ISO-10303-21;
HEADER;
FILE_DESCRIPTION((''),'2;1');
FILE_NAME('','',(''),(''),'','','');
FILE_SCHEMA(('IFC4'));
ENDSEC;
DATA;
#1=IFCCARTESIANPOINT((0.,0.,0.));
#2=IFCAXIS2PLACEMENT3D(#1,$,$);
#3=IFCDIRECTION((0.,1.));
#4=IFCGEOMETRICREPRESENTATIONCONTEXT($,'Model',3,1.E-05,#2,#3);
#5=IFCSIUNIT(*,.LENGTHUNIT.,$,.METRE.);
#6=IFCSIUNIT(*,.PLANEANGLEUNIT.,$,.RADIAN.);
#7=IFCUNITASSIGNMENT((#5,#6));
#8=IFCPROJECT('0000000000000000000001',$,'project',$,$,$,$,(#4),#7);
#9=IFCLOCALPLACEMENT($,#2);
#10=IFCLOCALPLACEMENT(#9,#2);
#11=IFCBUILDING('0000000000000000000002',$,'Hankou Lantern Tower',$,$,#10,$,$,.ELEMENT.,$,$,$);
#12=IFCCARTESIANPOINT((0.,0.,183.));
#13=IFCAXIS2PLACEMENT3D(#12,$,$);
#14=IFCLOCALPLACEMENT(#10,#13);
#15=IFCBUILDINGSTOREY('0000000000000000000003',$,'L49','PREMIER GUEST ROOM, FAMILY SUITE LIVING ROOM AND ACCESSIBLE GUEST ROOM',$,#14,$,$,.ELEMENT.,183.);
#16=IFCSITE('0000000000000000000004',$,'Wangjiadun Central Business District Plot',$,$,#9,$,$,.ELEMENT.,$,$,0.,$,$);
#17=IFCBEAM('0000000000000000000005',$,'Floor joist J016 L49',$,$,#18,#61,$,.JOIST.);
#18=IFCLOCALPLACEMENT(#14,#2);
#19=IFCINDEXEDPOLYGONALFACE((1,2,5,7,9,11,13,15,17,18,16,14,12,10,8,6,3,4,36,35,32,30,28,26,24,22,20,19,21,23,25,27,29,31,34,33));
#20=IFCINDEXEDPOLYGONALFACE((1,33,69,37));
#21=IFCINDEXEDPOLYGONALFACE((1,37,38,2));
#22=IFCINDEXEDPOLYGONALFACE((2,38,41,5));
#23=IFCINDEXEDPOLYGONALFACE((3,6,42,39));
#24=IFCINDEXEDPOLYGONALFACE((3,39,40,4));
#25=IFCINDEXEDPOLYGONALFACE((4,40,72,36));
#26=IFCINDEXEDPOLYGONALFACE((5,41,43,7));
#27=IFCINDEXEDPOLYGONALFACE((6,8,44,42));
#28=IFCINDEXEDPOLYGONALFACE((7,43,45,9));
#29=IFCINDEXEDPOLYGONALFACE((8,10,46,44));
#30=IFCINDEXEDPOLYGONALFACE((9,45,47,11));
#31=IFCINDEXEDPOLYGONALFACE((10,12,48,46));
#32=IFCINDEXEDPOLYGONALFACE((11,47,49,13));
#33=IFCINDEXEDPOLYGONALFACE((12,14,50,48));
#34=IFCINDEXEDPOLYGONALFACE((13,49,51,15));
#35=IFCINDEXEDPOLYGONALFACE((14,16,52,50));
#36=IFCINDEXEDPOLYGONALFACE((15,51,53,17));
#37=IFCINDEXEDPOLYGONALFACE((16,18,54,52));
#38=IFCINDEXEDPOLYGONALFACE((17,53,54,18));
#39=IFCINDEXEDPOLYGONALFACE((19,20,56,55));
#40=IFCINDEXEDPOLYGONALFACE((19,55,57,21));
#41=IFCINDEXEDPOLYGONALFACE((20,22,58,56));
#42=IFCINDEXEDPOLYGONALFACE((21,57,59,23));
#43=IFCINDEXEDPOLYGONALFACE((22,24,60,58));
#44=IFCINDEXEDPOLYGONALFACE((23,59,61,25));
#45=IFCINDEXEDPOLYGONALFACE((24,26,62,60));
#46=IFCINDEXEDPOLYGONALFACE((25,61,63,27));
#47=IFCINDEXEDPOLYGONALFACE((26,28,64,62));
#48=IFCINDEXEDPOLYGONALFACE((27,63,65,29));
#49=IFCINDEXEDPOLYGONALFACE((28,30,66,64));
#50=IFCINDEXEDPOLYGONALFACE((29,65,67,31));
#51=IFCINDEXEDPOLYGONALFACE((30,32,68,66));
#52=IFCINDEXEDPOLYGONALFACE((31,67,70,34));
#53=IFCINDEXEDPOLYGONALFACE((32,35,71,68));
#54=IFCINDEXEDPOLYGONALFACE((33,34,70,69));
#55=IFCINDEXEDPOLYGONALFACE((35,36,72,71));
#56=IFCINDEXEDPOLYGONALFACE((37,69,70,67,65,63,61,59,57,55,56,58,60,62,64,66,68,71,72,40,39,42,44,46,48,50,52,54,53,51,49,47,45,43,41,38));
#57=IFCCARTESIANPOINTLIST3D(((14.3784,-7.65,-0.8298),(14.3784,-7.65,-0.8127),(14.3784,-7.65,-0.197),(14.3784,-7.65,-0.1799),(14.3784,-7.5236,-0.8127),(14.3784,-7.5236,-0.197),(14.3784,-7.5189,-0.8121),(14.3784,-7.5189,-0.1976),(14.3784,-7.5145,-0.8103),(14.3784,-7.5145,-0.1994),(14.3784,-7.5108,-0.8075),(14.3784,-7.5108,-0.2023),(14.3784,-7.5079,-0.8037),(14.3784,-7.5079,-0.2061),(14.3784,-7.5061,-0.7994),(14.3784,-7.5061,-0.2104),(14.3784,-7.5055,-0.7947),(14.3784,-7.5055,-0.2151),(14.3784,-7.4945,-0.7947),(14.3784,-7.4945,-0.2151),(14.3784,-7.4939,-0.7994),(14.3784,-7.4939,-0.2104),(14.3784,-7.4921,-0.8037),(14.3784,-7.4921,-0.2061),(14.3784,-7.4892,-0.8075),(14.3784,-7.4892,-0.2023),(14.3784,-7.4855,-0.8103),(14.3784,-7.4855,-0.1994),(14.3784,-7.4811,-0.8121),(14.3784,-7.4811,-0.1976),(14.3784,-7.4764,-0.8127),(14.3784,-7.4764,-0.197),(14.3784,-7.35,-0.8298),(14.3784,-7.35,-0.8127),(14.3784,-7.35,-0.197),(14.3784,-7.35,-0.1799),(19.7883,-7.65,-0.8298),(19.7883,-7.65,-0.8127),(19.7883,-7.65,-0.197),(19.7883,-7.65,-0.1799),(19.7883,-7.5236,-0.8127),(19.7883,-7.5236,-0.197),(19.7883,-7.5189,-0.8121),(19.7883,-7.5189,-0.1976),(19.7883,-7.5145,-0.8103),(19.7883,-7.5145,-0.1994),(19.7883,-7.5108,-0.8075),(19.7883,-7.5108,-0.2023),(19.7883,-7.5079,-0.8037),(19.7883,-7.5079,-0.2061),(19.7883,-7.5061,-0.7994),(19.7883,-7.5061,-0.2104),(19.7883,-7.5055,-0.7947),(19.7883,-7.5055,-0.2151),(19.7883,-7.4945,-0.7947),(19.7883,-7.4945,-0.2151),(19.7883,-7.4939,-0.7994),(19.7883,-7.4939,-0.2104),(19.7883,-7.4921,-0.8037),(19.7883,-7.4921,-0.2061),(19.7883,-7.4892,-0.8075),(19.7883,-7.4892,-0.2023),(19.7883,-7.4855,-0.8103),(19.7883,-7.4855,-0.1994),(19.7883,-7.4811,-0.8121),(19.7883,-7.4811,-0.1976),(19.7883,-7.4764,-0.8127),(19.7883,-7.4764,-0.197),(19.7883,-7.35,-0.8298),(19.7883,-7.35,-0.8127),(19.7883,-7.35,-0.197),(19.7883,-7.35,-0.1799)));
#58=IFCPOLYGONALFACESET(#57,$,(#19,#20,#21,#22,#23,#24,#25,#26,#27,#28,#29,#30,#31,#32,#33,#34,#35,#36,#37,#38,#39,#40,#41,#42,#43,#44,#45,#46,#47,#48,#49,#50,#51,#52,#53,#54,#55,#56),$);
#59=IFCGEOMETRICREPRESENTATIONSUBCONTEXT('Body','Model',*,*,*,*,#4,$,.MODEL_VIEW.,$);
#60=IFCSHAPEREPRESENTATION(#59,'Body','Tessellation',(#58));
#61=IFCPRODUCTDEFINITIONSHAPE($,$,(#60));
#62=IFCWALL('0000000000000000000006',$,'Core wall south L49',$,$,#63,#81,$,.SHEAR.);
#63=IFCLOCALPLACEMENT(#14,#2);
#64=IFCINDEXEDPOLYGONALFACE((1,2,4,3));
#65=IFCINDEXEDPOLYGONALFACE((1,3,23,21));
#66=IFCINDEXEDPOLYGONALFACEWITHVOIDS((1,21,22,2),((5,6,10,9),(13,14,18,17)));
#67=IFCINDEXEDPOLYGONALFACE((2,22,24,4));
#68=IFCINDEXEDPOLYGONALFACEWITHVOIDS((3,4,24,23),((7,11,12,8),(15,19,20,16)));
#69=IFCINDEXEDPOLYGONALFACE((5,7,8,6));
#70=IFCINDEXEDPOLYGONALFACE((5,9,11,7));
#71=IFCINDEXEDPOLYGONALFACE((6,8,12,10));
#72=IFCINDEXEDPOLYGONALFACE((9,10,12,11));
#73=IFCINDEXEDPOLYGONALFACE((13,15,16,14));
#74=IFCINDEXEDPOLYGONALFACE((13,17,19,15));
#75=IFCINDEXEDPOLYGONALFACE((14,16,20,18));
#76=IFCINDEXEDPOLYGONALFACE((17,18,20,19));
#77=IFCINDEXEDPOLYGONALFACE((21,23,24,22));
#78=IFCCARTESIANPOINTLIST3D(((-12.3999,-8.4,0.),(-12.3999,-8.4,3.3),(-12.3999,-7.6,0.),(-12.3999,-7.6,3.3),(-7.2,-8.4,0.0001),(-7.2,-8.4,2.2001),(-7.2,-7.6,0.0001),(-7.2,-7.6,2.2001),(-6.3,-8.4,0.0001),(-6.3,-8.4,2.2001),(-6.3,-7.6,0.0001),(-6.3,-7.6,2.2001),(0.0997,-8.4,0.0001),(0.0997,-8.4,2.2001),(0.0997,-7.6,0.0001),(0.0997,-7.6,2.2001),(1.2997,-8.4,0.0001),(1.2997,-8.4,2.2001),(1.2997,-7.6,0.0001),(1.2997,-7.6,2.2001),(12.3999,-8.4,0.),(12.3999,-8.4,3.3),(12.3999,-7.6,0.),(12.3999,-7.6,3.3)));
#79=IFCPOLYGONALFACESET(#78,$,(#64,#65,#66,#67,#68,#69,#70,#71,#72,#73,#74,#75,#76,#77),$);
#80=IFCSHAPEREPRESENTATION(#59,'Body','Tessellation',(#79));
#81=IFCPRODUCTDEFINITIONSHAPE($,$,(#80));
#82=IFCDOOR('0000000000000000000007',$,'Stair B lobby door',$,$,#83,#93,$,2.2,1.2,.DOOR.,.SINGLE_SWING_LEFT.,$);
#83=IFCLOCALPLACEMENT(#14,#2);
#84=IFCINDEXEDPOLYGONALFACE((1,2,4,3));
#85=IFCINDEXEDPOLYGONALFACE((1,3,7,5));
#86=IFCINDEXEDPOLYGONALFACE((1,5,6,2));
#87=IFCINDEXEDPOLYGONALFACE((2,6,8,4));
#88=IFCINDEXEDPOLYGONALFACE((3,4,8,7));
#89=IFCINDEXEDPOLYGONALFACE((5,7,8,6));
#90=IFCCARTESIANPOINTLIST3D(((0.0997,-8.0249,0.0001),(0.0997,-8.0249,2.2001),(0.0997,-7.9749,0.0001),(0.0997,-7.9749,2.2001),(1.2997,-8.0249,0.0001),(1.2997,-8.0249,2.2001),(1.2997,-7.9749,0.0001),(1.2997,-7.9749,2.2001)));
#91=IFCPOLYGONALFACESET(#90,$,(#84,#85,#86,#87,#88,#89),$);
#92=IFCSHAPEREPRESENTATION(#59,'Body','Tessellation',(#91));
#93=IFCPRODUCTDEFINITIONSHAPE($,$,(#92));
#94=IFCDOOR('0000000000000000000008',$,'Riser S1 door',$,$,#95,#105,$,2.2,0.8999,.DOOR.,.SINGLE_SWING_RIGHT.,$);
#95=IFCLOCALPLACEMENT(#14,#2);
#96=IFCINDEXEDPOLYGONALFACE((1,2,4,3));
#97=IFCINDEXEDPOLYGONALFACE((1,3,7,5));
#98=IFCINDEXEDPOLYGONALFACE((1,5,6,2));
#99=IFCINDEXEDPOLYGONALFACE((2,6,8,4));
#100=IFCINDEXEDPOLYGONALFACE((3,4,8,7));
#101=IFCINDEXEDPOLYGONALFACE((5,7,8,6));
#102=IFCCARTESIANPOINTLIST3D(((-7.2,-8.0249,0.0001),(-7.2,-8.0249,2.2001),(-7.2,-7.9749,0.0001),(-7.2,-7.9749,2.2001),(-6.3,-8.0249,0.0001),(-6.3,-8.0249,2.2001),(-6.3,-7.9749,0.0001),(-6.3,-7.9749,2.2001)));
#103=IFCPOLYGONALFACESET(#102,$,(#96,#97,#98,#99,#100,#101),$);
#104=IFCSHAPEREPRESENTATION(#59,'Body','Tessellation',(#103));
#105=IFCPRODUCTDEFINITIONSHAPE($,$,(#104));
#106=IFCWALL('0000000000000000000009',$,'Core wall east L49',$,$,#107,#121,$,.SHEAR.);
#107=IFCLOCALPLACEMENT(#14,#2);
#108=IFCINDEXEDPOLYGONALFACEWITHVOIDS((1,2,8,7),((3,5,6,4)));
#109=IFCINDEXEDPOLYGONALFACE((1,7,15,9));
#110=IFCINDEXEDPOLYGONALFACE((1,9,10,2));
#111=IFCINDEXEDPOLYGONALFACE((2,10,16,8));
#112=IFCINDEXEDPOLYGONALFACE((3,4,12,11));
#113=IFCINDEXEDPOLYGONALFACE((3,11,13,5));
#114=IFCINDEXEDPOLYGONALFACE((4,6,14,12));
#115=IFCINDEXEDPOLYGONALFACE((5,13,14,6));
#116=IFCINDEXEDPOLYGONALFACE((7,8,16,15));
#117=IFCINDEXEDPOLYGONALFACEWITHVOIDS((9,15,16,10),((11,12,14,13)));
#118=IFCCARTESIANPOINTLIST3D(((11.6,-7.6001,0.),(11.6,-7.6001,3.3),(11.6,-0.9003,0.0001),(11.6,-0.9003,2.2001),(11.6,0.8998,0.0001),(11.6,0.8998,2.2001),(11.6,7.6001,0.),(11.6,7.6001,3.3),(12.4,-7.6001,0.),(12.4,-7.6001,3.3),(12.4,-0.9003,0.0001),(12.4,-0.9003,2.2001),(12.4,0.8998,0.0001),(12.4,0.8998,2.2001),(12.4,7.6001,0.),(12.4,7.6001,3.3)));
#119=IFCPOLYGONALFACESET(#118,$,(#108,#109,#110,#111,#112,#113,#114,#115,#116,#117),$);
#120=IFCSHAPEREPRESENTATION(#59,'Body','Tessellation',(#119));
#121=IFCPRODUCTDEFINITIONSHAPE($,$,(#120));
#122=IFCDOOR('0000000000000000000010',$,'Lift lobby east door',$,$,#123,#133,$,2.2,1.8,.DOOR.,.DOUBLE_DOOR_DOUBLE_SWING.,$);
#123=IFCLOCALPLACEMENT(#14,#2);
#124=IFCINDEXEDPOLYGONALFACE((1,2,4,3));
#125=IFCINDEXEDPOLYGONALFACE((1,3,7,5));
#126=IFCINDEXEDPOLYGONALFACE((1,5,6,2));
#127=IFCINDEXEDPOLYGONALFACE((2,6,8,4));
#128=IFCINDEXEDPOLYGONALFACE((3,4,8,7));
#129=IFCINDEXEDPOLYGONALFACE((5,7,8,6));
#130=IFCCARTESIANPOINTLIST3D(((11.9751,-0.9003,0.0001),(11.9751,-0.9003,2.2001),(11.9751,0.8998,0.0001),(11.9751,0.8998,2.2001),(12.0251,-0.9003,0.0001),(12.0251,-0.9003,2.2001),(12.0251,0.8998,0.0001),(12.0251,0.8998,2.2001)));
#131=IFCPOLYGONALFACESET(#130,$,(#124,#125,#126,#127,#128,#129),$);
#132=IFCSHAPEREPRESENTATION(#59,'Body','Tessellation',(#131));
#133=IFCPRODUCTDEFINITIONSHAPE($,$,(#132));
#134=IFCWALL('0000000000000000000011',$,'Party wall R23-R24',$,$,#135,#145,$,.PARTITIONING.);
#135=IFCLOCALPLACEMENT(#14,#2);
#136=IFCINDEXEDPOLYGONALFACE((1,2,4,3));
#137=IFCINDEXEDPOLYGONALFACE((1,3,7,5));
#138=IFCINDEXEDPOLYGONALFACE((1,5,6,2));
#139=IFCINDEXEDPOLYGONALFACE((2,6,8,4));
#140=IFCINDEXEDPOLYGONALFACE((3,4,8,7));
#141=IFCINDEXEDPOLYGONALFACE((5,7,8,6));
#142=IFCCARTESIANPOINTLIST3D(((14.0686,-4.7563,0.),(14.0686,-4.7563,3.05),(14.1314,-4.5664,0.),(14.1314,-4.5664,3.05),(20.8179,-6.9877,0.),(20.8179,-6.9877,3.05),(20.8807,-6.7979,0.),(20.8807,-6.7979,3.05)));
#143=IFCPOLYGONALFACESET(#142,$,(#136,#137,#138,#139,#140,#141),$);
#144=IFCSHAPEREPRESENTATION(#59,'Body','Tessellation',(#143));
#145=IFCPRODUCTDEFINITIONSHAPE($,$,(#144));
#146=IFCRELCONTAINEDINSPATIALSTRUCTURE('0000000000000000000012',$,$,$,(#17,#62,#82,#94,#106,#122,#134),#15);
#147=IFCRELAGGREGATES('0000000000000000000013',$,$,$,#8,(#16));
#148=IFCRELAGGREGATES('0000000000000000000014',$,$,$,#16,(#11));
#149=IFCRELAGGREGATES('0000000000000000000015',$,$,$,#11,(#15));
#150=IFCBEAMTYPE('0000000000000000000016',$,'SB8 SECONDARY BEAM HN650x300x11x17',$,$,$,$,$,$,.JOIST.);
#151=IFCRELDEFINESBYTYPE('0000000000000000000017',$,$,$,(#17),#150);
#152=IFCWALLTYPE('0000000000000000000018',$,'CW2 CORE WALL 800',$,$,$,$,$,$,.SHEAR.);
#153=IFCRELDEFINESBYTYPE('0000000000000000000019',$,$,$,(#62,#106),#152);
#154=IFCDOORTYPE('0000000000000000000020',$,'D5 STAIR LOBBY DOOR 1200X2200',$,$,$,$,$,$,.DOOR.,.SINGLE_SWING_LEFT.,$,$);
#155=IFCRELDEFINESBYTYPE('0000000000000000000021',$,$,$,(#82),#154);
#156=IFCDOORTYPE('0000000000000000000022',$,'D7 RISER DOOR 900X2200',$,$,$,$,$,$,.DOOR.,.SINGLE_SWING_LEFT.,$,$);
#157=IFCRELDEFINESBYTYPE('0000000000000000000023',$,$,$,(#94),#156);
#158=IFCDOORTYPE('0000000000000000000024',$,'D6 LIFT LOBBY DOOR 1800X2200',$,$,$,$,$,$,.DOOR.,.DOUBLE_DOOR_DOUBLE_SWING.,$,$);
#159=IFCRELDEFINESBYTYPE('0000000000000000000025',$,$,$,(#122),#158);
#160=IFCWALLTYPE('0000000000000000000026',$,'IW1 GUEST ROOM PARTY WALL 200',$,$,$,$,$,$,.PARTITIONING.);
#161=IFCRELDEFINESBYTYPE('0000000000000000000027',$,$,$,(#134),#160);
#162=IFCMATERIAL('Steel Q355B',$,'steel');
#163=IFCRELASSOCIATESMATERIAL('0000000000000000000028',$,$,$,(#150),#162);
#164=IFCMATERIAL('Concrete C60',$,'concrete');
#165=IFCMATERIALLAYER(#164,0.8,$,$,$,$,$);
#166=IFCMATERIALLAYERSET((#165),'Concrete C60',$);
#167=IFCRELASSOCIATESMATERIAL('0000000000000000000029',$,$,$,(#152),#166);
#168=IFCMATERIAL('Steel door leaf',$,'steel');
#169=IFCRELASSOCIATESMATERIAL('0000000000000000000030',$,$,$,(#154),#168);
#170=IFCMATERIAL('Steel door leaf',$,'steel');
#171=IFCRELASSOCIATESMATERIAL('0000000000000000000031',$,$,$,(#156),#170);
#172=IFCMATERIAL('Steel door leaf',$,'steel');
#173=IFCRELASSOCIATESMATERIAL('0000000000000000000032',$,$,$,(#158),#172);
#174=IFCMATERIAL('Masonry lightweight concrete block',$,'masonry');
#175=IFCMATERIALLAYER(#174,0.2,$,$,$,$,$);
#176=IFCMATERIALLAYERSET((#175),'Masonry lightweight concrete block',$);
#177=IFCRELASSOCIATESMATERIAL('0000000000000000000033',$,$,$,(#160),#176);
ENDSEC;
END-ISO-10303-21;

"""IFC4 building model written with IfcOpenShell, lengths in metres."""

from ifc_helpers import new_model, si_unit, direction, frame, frame_2d, origin, origin_2d, place, context, subcontext, project, spatial, rectangle, i_section, extrude, material, layer, layer_set, material_profile, profile_set, type_object, element, fill, save


model = new_model("IFC4")

# Units and contexts
model_context = context("Model", 3, precision=1e-05, world=origin(), true_north=direction((0.0, 1.0)))
body_context = subcontext(model_context, "Body", "Model", "MODEL_VIEW")
ifc_project = project(units=[si_unit("LENGTHUNIT", "METRE"), si_unit("PLANEANGLEUNIT", "RADIAN")], contexts=[model_context])

# Site, building, storey
site_placement = place(None, origin())
site = spatial("IfcSite", under=ifc_project, at=site_placement, Name="Wangjiadun Central Business District Plot", CompositionType="ELEMENT", RefElevation=0.0)
building_placement = place(site_placement, origin())
building = spatial("IfcBuilding", under=site, at=building_placement, Name="Hankou Lantern Tower", CompositionType="ELEMENT")
storey_placement = place(building_placement, frame((0.0, 0.0, 183.0)))
storey = spatial("IfcBuildingStorey", under=building, at=storey_placement, Name="L49", Description="PREMIER GUEST ROOM, FAMILY SUITE LIVING ROOM AND ACCESSIBLE GUEST ROOM", CompositionType="ELEMENT", Elevation=183.0)

# Beam
ifc_material_1 = material(Name="Steel Q355B", Category="steel")
ifc_material_profile_1 = material_profile(ifc_material_1, i_section(OverallWidth=0.3, OverallDepth=0.6499, WebThickness=0.011, FlangeThickness=0.0171, FilletRadius=0.0181, at=origin_2d()), Name="HN650x300x11x17")
ifc_profile_set_1 = profile_set([ifc_material_profile_1], Name="Steel Q355B")
beam_type_1 = type_object("IfcBeamType", Name="SB8 SECONDARY BEAM HN650x300x11x17", PredefinedType="JOIST", material=ifc_profile_set_1)
beam_1_placement = place(storey_placement, frame((14.3784, -7.5, -0.5049), z_axis=(1.0, 0.0, 0.0), x_axis=(0.0, 1.0, 0.0)))
element("IfcBeam", 1, at=beam_1_placement, inside=storey, type_object=beam_type_1, Name="Floor joist J016 L49", PredefinedType="JOIST", context=body_context, shape_type="SweptSolid", body=[
    extrude(i_section(OverallWidth=0.3, OverallDepth=0.6499, WebThickness=0.011, FlangeThickness=0.0171, FilletRadius=0.0181, at=origin_2d()), origin(), (0.0, 0.0, 1.0), 5.4099),
])

# Wall, openings, doors
ifc_material_2 = material(Name="Concrete C60", Category="concrete")
ifc_layer_1 = layer(ifc_material_2, 0.8)
ifc_layer_set_1 = layer_set([ifc_layer_1], Name="Concrete C60")
wall_type_1 = type_object("IfcWallType", Name="CW2 CORE WALL 800", PredefinedType="SHEAR", material=ifc_layer_set_1)
wall_1_placement = place(storey_placement, frame((12.3999, -8.0, 0.0), z_axis=(0.0, 0.0, 1.0), x_axis=(-1.0, 0.0, 0.0)))
wall_1 = element("IfcWall", 2, at=wall_1_placement, inside=storey, type_object=wall_type_1, Name="Core wall south L49", PredefinedType="SHEAR", context=body_context, shape_type="SweptSolid", body=[
    extrude(rectangle(XDim=24.7998, YDim=0.8, at=frame_2d((12.3999, 0.0))), origin(), (0.0, 0.0, 1.0), 3.3),
])
opening_1_placement = place(wall_1_placement, frame((11.1001, 0.0, 0.0)))
opening_1 = element("IfcOpeningElement", 3, at=opening_1_placement, cuts=wall_1, PredefinedType="OPENING", context=body_context, shape_type="SweptSolid", body=[
    extrude(rectangle(XDim=1.2, YDim=2.2, at=frame_2d((0.6001, 1.1001))), frame((0.0, 0.4099, 0.0), z_axis=(0.0, -1.0, 0.0), x_axis=(1.0, 0.0, 0.0)), (0.0, 0.0, 1.0), 0.8201),
])
opening_2_placement = place(wall_1_placement, frame((18.7, 0.0, 0.0)))
opening_2 = element("IfcOpeningElement", 4, at=opening_2_placement, cuts=wall_1, PredefinedType="OPENING", context=body_context, shape_type="SweptSolid", body=[
    extrude(rectangle(XDim=0.8999, YDim=2.2, at=frame_2d((0.45, 1.1001))), frame((0.0, 0.4099, 0.0), z_axis=(0.0, -1.0, 0.0), x_axis=(1.0, 0.0, 0.0)), (0.0, 0.0, 1.0), 0.8201),
])
ifc_material_3 = material(Name="Steel door leaf", Category="steel")
door_type_1 = type_object("IfcDoorType", Name="D5 STAIR LOBBY DOOR 1200X2200", OperationType="SINGLE_SWING_LEFT", PredefinedType="DOOR", material=ifc_material_3)
door_1_placement = place(opening_1_placement, origin())
door_1 = element("IfcDoor", 5, at=door_1_placement, inside=storey, type_object=door_type_1, Name="Stair B lobby door", OperationType="SINGLE_SWING_LEFT", OverallHeight=2.2, OverallWidth=1.2, PredefinedType="DOOR", context=body_context, shape_type="SweptSolid", body=[
    extrude(rectangle(XDim=1.2, YDim=2.2, at=frame_2d((0.6001, 1.1001))), frame((0.0, 0.0249, 0.0), z_axis=(0.0, -1.0, 0.0), x_axis=(1.0, 0.0, 0.0)), (0.0, 0.0, 1.0), 0.05),
])
fill(opening_1, door_1)
ifc_material_4 = material(Name="Steel door leaf", Category="steel")
door_type_2 = type_object("IfcDoorType", Name="D7 RISER DOOR 900X2200", OperationType="SINGLE_SWING_LEFT", PredefinedType="DOOR", material=ifc_material_4)
door_2_placement = place(opening_2_placement, origin())
door_2 = element("IfcDoor", 6, at=door_2_placement, inside=storey, type_object=door_type_2, Name="Riser S1 door", OperationType="SINGLE_SWING_RIGHT", OverallHeight=2.2, OverallWidth=0.8999, PredefinedType="DOOR", context=body_context, shape_type="SweptSolid", body=[
    extrude(rectangle(XDim=0.8999, YDim=2.2, at=frame_2d((0.45, 1.1001))), frame((0.0, 0.0249, 0.0), z_axis=(0.0, -1.0, 0.0), x_axis=(1.0, 0.0, 0.0)), (0.0, 0.0, 1.0), 0.05),
])
fill(opening_2, door_2)

# Wall, opening, door
wall_2_placement = place(storey_placement, frame((12.0, -7.6001, 0.0), z_axis=(0.0, 0.0, 1.0), x_axis=(0.0, 1.0, 0.0)))
wall_2 = element("IfcWall", 7, at=wall_2_placement, inside=storey, type_object=wall_type_1, Name="Core wall east L49", PredefinedType="SHEAR", context=body_context, shape_type="SweptSolid", body=[
    extrude(rectangle(XDim=15.2002, YDim=0.8, at=frame_2d((7.6001, 0.0))), origin(), (0.0, 0.0, 1.0), 3.3),
])
opening_3_placement = place(wall_2_placement, frame((6.7, 0.0, 0.0)))
opening_3 = element("IfcOpeningElement", 8, at=opening_3_placement, cuts=wall_2, PredefinedType="OPENING", context=body_context, shape_type="SweptSolid", body=[
    extrude(rectangle(XDim=1.8, YDim=2.2, at=frame_2d((0.8999, 1.1001))), frame((0.0, 0.4099, 0.0), z_axis=(0.0, -1.0, 0.0), x_axis=(1.0, 0.0, 0.0)), (0.0, 0.0, 1.0), 0.8201),
])
ifc_material_5 = material(Name="Steel door leaf", Category="steel")
door_type_3 = type_object("IfcDoorType", Name="D6 LIFT LOBBY DOOR 1800X2200", OperationType="DOUBLE_DOOR_DOUBLE_SWING", PredefinedType="DOOR", material=ifc_material_5)
door_3_placement = place(opening_3_placement, origin())
door_3 = element("IfcDoor", 9, at=door_3_placement, inside=storey, type_object=door_type_3, Name="Lift lobby east door", OperationType="DOUBLE_DOOR_DOUBLE_SWING", OverallHeight=2.2, OverallWidth=1.8, PredefinedType="DOOR", context=body_context, shape_type="SweptSolid", body=[
    extrude(rectangle(XDim=1.8, YDim=2.2, at=frame_2d((0.8999, 1.1001))), frame((0.0, 0.0249, 0.0), z_axis=(0.0, -1.0, 0.0), x_axis=(1.0, 0.0, 0.0)), (0.0, 0.0, 1.0), 0.05),
])
fill(opening_3, door_3)

# Wall
ifc_material_6 = material(Name="Masonry lightweight concrete block", Category="masonry")
ifc_layer_2 = layer(ifc_material_6, 0.2)
ifc_layer_set_2 = layer_set([ifc_layer_2], Name="Masonry lightweight concrete block")
wall_type_2 = type_object("IfcWallType", Name="IW1 GUEST ROOM PARTY WALL 200", PredefinedType="PARTITIONING", material=ifc_layer_set_2)
wall_3_placement = place(storey_placement, frame((14.1001, -4.6614, 0.0), z_axis=(0.0, 0.0, 1.0), x_axis=(0.949453, -0.313909, 0.0)))
element("IfcWall", 10, at=wall_3_placement, inside=storey, type_object=wall_type_2, Name="Party wall R23-R24", PredefinedType="PARTITIONING", context=body_context, shape_type="SweptSolid", body=[
    extrude(rectangle(XDim=7.1086, YDim=0.2, at=frame_2d((3.5542, 0.0))), origin(), (0.0, 0.0, 1.0), 3.05),
])

save(model, "model.ifc")
